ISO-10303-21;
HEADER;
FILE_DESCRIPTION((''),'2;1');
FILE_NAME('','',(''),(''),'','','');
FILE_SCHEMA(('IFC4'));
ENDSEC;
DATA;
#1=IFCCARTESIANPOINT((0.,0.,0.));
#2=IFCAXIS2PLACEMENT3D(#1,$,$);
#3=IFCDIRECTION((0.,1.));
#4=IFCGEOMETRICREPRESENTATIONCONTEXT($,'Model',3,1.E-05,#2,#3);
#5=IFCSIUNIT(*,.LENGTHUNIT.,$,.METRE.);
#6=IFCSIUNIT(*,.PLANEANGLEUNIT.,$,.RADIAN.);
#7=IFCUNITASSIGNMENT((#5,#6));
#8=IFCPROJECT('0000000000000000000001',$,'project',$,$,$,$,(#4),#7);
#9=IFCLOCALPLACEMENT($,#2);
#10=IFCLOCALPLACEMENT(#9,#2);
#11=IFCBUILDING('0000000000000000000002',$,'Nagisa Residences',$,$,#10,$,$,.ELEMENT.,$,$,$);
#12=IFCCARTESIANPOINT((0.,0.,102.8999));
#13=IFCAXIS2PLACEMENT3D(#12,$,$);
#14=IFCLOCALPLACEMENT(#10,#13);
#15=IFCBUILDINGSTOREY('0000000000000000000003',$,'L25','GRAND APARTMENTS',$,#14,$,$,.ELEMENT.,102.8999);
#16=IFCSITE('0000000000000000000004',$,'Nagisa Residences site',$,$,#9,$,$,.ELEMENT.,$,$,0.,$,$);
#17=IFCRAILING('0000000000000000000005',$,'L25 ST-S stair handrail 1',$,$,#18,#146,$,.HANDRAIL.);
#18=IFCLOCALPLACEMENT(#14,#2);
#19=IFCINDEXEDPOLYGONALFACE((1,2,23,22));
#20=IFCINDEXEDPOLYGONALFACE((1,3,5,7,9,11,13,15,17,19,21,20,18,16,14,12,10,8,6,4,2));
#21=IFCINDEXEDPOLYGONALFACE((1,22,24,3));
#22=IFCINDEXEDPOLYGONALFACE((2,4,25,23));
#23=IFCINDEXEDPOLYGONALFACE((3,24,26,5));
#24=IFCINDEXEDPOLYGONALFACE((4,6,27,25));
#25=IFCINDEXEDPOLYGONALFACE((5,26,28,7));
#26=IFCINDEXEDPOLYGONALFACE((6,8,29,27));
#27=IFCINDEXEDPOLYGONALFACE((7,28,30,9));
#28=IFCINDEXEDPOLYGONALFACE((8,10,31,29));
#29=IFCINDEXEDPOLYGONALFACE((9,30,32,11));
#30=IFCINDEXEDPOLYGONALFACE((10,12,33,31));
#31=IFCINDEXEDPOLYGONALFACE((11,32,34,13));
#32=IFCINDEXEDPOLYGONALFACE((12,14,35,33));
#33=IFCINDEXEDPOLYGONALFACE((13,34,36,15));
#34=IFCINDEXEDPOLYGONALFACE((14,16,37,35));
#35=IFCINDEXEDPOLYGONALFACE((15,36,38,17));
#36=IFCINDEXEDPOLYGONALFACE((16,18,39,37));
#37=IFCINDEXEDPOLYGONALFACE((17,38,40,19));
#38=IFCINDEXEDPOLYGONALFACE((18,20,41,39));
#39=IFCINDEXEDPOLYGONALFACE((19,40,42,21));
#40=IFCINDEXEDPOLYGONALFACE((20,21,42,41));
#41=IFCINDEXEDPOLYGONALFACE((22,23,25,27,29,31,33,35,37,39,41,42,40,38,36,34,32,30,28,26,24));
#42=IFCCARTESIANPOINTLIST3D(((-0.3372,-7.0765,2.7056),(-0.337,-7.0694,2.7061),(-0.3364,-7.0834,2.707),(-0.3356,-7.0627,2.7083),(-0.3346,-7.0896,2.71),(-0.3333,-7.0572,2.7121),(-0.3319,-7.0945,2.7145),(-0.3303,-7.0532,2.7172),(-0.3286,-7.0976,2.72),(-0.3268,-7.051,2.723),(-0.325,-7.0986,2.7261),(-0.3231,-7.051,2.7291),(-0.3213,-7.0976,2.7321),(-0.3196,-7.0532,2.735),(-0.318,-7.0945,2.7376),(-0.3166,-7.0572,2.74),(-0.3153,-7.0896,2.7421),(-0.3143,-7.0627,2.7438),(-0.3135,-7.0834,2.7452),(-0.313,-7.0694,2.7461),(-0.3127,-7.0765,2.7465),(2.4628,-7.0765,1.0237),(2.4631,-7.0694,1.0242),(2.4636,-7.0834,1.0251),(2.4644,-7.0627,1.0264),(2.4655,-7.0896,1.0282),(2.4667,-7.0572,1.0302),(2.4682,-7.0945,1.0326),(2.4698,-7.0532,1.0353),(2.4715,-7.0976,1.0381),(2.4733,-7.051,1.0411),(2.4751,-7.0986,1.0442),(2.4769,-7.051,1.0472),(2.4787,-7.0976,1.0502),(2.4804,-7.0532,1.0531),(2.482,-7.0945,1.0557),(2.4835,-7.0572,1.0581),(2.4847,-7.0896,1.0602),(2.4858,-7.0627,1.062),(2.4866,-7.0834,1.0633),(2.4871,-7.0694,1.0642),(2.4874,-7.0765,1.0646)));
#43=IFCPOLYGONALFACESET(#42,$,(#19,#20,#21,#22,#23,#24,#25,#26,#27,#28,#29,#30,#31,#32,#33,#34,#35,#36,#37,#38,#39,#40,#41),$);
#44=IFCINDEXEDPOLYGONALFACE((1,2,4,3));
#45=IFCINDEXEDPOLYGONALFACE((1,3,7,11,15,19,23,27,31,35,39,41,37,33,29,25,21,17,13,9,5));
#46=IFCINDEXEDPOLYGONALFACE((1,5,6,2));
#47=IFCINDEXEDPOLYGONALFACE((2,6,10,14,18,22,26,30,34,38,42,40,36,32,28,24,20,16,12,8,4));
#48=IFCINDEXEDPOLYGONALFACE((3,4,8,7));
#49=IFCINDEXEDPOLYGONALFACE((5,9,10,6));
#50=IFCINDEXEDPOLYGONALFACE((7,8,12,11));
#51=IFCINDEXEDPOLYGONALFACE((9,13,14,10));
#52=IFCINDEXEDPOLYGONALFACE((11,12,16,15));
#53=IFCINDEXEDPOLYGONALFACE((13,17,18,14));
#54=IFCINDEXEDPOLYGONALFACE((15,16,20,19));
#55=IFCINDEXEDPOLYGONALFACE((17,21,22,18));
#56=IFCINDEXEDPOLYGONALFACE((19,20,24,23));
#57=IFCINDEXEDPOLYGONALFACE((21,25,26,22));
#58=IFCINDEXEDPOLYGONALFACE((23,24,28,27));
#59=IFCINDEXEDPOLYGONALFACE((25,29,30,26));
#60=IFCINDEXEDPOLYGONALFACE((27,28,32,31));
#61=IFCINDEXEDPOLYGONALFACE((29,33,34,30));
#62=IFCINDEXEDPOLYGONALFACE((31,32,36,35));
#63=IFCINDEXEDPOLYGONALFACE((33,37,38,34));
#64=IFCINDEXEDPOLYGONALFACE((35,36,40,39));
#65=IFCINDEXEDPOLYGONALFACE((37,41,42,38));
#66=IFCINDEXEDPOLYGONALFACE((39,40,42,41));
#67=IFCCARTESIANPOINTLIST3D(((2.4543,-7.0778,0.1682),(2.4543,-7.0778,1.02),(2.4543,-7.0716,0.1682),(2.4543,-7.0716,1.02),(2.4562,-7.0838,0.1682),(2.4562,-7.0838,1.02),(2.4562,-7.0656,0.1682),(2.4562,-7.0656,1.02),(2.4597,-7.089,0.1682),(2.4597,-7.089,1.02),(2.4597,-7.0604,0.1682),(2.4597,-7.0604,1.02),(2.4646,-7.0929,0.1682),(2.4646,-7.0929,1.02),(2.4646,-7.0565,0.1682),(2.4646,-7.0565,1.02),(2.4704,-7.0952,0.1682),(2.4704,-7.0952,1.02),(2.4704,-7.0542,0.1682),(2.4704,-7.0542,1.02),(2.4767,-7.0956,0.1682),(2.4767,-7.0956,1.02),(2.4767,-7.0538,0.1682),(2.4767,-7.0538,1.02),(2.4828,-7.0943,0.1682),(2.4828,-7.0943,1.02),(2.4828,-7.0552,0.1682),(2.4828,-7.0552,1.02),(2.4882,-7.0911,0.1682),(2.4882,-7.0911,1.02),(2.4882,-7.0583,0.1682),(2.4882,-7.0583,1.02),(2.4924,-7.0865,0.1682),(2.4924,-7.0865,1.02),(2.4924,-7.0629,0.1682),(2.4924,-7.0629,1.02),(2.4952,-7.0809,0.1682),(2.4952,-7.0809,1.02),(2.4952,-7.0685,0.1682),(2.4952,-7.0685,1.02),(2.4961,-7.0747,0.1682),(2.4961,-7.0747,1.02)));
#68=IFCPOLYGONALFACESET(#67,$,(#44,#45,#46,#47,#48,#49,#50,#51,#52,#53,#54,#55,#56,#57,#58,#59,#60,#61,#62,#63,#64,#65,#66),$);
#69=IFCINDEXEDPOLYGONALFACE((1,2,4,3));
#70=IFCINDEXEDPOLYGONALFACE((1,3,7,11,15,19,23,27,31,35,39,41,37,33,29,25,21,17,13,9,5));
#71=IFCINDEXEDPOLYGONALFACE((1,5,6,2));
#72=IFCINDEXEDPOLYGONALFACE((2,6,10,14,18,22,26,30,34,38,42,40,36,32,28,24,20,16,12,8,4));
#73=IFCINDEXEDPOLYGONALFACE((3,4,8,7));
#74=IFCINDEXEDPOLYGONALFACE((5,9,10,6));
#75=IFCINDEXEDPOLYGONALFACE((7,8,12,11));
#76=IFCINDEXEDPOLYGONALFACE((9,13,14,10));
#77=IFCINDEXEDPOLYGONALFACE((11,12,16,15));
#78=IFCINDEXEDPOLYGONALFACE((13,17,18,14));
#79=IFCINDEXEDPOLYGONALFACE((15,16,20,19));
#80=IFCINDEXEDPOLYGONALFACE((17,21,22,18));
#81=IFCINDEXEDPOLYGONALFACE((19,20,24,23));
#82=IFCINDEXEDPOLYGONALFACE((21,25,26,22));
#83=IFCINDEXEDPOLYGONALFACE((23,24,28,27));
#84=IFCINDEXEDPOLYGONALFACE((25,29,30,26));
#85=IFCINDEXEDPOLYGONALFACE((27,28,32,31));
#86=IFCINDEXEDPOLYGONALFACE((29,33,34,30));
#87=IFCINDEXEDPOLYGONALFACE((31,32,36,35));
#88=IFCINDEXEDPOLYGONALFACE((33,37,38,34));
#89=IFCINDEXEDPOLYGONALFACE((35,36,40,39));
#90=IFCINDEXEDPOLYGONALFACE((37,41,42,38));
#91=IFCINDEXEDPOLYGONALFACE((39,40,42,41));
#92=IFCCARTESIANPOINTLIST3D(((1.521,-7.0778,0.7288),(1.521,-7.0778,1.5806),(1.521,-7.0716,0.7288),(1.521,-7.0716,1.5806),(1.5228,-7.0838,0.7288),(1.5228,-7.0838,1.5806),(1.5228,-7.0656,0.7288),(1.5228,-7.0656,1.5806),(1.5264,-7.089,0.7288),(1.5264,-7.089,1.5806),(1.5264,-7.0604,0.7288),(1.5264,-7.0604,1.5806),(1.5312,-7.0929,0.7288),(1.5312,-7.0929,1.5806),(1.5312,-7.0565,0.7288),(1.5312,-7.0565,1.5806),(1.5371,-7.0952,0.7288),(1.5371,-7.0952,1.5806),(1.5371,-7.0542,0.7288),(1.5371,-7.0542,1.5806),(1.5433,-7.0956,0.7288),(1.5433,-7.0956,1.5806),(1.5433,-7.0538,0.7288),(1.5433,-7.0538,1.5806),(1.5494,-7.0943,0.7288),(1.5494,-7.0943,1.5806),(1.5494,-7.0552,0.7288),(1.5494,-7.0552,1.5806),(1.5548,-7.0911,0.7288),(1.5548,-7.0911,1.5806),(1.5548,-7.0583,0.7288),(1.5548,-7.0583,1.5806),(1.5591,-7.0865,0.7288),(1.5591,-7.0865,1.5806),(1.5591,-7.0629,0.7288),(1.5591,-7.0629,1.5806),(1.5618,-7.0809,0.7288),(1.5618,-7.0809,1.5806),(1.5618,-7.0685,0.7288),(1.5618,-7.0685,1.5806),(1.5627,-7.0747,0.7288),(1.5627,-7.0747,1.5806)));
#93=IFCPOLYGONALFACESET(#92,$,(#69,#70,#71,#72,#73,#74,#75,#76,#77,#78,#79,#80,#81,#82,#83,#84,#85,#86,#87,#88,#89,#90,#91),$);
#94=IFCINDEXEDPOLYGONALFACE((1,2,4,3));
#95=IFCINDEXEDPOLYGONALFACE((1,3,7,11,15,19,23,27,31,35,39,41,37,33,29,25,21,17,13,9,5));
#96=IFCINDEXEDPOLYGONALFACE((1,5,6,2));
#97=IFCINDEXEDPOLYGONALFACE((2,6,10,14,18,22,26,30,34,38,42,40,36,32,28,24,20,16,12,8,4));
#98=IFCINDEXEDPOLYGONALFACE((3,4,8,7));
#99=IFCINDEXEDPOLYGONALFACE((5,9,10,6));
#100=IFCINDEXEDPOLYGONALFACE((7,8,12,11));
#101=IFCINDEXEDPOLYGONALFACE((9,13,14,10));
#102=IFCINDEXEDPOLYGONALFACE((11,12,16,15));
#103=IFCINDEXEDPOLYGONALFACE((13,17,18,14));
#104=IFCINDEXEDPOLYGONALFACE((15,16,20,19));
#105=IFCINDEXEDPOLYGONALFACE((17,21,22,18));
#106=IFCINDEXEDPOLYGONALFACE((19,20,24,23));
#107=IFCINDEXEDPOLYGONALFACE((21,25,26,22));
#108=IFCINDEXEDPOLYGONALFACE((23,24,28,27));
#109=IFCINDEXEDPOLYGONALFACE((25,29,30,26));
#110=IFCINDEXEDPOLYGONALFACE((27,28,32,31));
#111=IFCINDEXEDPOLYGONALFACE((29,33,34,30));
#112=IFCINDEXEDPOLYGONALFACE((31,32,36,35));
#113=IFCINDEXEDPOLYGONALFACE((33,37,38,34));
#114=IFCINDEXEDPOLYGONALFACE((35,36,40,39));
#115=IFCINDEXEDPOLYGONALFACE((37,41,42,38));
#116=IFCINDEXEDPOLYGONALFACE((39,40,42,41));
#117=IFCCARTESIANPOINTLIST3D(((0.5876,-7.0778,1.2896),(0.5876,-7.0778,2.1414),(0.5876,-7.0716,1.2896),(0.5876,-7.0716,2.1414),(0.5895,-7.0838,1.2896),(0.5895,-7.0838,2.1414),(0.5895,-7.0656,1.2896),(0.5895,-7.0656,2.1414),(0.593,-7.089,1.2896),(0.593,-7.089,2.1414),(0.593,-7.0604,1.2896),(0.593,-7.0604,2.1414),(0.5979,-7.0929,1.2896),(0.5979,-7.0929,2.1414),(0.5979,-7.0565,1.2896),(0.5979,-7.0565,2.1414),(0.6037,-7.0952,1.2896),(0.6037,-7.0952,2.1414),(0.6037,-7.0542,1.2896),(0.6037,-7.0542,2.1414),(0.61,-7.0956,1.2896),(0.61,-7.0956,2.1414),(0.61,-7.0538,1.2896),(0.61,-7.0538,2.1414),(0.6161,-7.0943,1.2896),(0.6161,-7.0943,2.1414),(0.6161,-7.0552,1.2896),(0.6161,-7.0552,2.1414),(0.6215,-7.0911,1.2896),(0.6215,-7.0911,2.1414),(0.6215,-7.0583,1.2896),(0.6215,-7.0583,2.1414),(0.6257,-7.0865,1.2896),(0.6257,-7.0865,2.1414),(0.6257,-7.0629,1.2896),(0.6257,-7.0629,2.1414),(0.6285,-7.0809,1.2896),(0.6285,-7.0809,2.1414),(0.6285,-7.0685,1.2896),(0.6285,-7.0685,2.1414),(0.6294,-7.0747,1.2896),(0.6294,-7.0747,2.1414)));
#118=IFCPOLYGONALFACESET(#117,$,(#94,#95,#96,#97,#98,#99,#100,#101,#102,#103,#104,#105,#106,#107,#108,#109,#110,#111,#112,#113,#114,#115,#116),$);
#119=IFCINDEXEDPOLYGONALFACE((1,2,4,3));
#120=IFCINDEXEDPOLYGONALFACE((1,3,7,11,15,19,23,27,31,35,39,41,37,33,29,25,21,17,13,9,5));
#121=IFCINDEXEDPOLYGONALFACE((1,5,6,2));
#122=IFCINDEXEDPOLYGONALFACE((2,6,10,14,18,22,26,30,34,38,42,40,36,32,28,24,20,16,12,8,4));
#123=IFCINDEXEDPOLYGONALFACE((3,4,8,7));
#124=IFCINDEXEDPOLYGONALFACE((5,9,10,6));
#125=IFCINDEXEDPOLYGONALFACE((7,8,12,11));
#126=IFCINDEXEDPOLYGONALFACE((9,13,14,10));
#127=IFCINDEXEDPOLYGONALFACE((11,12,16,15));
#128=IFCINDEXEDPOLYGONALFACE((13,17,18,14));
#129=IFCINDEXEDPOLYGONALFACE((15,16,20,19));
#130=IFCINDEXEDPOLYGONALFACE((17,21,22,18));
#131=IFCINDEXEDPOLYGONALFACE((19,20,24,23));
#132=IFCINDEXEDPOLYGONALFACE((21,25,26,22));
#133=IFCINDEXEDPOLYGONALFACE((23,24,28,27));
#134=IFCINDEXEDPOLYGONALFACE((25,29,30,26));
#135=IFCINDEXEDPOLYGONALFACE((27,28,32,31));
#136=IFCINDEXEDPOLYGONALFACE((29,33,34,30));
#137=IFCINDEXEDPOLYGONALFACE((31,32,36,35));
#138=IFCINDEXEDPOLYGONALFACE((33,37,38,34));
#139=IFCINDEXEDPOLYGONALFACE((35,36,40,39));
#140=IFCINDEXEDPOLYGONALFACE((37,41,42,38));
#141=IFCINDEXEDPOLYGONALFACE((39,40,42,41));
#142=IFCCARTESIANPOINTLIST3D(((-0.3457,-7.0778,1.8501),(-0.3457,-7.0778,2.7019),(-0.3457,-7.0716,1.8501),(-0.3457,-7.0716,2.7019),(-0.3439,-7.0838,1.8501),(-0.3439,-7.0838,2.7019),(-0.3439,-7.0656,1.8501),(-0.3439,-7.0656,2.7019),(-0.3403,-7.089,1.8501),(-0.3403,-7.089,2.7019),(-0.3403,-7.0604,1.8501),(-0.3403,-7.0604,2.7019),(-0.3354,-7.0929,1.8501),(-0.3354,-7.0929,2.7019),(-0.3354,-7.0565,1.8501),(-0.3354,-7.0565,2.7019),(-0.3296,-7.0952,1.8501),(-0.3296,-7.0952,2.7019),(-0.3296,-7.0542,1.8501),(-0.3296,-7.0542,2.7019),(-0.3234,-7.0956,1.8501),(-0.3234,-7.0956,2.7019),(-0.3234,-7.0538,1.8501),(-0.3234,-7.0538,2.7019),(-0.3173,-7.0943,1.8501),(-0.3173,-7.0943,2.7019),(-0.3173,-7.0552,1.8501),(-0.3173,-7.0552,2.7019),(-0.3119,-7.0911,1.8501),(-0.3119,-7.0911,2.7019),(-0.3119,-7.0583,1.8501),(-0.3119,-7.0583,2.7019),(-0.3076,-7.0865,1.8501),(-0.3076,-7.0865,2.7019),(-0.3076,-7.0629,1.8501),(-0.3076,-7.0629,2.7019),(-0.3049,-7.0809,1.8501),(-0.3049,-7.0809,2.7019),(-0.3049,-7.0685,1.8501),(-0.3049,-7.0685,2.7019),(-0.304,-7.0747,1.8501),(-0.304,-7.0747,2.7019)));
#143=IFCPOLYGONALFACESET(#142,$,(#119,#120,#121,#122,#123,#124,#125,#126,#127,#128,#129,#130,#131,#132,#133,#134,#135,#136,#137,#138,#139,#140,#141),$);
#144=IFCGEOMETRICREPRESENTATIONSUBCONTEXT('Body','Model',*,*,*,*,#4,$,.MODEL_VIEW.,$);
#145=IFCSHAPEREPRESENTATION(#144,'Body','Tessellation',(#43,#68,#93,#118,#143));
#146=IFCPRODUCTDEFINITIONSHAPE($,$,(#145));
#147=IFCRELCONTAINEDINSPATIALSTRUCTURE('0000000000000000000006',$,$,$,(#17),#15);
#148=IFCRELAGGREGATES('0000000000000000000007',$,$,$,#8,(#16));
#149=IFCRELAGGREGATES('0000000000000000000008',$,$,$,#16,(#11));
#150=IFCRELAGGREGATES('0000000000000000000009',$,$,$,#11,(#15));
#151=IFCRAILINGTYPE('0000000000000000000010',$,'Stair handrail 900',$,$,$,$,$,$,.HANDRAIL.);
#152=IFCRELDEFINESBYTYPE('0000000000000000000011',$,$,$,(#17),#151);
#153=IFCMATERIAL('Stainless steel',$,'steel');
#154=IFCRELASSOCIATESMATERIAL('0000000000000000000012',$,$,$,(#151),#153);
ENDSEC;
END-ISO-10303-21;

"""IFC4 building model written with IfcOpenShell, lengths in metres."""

from ifc_helpers import new_model, si_unit, direction, frame, origin, origin_2d, place, context, subcontext, project, spatial, circle, extrude, material, type_object, element, save


model = new_model("IFC4")

# Units and contexts
model_context = context("Model", 3, precision=1e-05, world=origin(), true_north=direction((0.0, 1.0)))
body_context = subcontext(model_context, "Body", "Model", "MODEL_VIEW")
ifc_project = project(units=[si_unit("LENGTHUNIT", "METRE"), si_unit("PLANEANGLEUNIT", "RADIAN")], contexts=[model_context])

# Site, building, storey
site_placement = place(None, origin())
site = spatial("IfcSite", under=ifc_project, at=site_placement, Name="Nagisa Residences site", CompositionType="ELEMENT", RefElevation=0.0)
building_placement = place(site_placement, origin())
building = spatial("IfcBuilding", under=site, at=building_placement, Name="Nagisa Residences", CompositionType="ELEMENT")
storey_placement = place(building_placement, frame((0.0, 0.0, 102.8999)))
storey = spatial("IfcBuildingStorey", under=building, at=storey_placement, Name="L25", Description="GRAND APARTMENTS", CompositionType="ELEMENT", Elevation=102.8999)

# Railing
ifc_material_1 = material(Name="Stainless steel", Category="steel")
railing_type_1 = type_object("IfcRailingType", Name="Stair handrail 900", PredefinedType="HANDRAIL", material=ifc_material_1)
railing_1_placement = place(storey_placement, frame((2.4751, -7.0747, 0.1682)))
element("IfcRailing", 1, at=railing_1_placement, inside=storey, type_object=railing_type_1, Name="L25 ST-S stair handrail 1", PredefinedType="HANDRAIL", context=body_context, shape_type="SweptSolid", body=[
    extrude(circle(Radius=0.0239, at=origin_2d()), frame((0.0, 0.0, 0.876), z_axis=(-0.857242, 0.0, 0.514913), x_axis=(0.0, -1.0, 0.0)), (0.0, 0.0, 1.0), 3.2664),
    extrude(circle(Radius=0.021, at=origin_2d()), origin(), (0.0, 0.0, 1.0), 0.8518),
    extrude(circle(Radius=0.021, at=origin_2d()), frame((-0.9333, 0.0, 0.5605)), (0.0, 0.0, 1.0), 0.8518),
    extrude(circle(Radius=0.021, at=origin_2d()), frame((-1.8667, 0.0, 1.1213)), (0.0, 0.0, 1.0), 0.8518),
    extrude(circle(Radius=0.021, at=origin_2d()), frame((-2.8, 0.0, 1.6819)), (0.0, 0.0, 1.0), 0.8518),
])

save(model, "model.ifc")
